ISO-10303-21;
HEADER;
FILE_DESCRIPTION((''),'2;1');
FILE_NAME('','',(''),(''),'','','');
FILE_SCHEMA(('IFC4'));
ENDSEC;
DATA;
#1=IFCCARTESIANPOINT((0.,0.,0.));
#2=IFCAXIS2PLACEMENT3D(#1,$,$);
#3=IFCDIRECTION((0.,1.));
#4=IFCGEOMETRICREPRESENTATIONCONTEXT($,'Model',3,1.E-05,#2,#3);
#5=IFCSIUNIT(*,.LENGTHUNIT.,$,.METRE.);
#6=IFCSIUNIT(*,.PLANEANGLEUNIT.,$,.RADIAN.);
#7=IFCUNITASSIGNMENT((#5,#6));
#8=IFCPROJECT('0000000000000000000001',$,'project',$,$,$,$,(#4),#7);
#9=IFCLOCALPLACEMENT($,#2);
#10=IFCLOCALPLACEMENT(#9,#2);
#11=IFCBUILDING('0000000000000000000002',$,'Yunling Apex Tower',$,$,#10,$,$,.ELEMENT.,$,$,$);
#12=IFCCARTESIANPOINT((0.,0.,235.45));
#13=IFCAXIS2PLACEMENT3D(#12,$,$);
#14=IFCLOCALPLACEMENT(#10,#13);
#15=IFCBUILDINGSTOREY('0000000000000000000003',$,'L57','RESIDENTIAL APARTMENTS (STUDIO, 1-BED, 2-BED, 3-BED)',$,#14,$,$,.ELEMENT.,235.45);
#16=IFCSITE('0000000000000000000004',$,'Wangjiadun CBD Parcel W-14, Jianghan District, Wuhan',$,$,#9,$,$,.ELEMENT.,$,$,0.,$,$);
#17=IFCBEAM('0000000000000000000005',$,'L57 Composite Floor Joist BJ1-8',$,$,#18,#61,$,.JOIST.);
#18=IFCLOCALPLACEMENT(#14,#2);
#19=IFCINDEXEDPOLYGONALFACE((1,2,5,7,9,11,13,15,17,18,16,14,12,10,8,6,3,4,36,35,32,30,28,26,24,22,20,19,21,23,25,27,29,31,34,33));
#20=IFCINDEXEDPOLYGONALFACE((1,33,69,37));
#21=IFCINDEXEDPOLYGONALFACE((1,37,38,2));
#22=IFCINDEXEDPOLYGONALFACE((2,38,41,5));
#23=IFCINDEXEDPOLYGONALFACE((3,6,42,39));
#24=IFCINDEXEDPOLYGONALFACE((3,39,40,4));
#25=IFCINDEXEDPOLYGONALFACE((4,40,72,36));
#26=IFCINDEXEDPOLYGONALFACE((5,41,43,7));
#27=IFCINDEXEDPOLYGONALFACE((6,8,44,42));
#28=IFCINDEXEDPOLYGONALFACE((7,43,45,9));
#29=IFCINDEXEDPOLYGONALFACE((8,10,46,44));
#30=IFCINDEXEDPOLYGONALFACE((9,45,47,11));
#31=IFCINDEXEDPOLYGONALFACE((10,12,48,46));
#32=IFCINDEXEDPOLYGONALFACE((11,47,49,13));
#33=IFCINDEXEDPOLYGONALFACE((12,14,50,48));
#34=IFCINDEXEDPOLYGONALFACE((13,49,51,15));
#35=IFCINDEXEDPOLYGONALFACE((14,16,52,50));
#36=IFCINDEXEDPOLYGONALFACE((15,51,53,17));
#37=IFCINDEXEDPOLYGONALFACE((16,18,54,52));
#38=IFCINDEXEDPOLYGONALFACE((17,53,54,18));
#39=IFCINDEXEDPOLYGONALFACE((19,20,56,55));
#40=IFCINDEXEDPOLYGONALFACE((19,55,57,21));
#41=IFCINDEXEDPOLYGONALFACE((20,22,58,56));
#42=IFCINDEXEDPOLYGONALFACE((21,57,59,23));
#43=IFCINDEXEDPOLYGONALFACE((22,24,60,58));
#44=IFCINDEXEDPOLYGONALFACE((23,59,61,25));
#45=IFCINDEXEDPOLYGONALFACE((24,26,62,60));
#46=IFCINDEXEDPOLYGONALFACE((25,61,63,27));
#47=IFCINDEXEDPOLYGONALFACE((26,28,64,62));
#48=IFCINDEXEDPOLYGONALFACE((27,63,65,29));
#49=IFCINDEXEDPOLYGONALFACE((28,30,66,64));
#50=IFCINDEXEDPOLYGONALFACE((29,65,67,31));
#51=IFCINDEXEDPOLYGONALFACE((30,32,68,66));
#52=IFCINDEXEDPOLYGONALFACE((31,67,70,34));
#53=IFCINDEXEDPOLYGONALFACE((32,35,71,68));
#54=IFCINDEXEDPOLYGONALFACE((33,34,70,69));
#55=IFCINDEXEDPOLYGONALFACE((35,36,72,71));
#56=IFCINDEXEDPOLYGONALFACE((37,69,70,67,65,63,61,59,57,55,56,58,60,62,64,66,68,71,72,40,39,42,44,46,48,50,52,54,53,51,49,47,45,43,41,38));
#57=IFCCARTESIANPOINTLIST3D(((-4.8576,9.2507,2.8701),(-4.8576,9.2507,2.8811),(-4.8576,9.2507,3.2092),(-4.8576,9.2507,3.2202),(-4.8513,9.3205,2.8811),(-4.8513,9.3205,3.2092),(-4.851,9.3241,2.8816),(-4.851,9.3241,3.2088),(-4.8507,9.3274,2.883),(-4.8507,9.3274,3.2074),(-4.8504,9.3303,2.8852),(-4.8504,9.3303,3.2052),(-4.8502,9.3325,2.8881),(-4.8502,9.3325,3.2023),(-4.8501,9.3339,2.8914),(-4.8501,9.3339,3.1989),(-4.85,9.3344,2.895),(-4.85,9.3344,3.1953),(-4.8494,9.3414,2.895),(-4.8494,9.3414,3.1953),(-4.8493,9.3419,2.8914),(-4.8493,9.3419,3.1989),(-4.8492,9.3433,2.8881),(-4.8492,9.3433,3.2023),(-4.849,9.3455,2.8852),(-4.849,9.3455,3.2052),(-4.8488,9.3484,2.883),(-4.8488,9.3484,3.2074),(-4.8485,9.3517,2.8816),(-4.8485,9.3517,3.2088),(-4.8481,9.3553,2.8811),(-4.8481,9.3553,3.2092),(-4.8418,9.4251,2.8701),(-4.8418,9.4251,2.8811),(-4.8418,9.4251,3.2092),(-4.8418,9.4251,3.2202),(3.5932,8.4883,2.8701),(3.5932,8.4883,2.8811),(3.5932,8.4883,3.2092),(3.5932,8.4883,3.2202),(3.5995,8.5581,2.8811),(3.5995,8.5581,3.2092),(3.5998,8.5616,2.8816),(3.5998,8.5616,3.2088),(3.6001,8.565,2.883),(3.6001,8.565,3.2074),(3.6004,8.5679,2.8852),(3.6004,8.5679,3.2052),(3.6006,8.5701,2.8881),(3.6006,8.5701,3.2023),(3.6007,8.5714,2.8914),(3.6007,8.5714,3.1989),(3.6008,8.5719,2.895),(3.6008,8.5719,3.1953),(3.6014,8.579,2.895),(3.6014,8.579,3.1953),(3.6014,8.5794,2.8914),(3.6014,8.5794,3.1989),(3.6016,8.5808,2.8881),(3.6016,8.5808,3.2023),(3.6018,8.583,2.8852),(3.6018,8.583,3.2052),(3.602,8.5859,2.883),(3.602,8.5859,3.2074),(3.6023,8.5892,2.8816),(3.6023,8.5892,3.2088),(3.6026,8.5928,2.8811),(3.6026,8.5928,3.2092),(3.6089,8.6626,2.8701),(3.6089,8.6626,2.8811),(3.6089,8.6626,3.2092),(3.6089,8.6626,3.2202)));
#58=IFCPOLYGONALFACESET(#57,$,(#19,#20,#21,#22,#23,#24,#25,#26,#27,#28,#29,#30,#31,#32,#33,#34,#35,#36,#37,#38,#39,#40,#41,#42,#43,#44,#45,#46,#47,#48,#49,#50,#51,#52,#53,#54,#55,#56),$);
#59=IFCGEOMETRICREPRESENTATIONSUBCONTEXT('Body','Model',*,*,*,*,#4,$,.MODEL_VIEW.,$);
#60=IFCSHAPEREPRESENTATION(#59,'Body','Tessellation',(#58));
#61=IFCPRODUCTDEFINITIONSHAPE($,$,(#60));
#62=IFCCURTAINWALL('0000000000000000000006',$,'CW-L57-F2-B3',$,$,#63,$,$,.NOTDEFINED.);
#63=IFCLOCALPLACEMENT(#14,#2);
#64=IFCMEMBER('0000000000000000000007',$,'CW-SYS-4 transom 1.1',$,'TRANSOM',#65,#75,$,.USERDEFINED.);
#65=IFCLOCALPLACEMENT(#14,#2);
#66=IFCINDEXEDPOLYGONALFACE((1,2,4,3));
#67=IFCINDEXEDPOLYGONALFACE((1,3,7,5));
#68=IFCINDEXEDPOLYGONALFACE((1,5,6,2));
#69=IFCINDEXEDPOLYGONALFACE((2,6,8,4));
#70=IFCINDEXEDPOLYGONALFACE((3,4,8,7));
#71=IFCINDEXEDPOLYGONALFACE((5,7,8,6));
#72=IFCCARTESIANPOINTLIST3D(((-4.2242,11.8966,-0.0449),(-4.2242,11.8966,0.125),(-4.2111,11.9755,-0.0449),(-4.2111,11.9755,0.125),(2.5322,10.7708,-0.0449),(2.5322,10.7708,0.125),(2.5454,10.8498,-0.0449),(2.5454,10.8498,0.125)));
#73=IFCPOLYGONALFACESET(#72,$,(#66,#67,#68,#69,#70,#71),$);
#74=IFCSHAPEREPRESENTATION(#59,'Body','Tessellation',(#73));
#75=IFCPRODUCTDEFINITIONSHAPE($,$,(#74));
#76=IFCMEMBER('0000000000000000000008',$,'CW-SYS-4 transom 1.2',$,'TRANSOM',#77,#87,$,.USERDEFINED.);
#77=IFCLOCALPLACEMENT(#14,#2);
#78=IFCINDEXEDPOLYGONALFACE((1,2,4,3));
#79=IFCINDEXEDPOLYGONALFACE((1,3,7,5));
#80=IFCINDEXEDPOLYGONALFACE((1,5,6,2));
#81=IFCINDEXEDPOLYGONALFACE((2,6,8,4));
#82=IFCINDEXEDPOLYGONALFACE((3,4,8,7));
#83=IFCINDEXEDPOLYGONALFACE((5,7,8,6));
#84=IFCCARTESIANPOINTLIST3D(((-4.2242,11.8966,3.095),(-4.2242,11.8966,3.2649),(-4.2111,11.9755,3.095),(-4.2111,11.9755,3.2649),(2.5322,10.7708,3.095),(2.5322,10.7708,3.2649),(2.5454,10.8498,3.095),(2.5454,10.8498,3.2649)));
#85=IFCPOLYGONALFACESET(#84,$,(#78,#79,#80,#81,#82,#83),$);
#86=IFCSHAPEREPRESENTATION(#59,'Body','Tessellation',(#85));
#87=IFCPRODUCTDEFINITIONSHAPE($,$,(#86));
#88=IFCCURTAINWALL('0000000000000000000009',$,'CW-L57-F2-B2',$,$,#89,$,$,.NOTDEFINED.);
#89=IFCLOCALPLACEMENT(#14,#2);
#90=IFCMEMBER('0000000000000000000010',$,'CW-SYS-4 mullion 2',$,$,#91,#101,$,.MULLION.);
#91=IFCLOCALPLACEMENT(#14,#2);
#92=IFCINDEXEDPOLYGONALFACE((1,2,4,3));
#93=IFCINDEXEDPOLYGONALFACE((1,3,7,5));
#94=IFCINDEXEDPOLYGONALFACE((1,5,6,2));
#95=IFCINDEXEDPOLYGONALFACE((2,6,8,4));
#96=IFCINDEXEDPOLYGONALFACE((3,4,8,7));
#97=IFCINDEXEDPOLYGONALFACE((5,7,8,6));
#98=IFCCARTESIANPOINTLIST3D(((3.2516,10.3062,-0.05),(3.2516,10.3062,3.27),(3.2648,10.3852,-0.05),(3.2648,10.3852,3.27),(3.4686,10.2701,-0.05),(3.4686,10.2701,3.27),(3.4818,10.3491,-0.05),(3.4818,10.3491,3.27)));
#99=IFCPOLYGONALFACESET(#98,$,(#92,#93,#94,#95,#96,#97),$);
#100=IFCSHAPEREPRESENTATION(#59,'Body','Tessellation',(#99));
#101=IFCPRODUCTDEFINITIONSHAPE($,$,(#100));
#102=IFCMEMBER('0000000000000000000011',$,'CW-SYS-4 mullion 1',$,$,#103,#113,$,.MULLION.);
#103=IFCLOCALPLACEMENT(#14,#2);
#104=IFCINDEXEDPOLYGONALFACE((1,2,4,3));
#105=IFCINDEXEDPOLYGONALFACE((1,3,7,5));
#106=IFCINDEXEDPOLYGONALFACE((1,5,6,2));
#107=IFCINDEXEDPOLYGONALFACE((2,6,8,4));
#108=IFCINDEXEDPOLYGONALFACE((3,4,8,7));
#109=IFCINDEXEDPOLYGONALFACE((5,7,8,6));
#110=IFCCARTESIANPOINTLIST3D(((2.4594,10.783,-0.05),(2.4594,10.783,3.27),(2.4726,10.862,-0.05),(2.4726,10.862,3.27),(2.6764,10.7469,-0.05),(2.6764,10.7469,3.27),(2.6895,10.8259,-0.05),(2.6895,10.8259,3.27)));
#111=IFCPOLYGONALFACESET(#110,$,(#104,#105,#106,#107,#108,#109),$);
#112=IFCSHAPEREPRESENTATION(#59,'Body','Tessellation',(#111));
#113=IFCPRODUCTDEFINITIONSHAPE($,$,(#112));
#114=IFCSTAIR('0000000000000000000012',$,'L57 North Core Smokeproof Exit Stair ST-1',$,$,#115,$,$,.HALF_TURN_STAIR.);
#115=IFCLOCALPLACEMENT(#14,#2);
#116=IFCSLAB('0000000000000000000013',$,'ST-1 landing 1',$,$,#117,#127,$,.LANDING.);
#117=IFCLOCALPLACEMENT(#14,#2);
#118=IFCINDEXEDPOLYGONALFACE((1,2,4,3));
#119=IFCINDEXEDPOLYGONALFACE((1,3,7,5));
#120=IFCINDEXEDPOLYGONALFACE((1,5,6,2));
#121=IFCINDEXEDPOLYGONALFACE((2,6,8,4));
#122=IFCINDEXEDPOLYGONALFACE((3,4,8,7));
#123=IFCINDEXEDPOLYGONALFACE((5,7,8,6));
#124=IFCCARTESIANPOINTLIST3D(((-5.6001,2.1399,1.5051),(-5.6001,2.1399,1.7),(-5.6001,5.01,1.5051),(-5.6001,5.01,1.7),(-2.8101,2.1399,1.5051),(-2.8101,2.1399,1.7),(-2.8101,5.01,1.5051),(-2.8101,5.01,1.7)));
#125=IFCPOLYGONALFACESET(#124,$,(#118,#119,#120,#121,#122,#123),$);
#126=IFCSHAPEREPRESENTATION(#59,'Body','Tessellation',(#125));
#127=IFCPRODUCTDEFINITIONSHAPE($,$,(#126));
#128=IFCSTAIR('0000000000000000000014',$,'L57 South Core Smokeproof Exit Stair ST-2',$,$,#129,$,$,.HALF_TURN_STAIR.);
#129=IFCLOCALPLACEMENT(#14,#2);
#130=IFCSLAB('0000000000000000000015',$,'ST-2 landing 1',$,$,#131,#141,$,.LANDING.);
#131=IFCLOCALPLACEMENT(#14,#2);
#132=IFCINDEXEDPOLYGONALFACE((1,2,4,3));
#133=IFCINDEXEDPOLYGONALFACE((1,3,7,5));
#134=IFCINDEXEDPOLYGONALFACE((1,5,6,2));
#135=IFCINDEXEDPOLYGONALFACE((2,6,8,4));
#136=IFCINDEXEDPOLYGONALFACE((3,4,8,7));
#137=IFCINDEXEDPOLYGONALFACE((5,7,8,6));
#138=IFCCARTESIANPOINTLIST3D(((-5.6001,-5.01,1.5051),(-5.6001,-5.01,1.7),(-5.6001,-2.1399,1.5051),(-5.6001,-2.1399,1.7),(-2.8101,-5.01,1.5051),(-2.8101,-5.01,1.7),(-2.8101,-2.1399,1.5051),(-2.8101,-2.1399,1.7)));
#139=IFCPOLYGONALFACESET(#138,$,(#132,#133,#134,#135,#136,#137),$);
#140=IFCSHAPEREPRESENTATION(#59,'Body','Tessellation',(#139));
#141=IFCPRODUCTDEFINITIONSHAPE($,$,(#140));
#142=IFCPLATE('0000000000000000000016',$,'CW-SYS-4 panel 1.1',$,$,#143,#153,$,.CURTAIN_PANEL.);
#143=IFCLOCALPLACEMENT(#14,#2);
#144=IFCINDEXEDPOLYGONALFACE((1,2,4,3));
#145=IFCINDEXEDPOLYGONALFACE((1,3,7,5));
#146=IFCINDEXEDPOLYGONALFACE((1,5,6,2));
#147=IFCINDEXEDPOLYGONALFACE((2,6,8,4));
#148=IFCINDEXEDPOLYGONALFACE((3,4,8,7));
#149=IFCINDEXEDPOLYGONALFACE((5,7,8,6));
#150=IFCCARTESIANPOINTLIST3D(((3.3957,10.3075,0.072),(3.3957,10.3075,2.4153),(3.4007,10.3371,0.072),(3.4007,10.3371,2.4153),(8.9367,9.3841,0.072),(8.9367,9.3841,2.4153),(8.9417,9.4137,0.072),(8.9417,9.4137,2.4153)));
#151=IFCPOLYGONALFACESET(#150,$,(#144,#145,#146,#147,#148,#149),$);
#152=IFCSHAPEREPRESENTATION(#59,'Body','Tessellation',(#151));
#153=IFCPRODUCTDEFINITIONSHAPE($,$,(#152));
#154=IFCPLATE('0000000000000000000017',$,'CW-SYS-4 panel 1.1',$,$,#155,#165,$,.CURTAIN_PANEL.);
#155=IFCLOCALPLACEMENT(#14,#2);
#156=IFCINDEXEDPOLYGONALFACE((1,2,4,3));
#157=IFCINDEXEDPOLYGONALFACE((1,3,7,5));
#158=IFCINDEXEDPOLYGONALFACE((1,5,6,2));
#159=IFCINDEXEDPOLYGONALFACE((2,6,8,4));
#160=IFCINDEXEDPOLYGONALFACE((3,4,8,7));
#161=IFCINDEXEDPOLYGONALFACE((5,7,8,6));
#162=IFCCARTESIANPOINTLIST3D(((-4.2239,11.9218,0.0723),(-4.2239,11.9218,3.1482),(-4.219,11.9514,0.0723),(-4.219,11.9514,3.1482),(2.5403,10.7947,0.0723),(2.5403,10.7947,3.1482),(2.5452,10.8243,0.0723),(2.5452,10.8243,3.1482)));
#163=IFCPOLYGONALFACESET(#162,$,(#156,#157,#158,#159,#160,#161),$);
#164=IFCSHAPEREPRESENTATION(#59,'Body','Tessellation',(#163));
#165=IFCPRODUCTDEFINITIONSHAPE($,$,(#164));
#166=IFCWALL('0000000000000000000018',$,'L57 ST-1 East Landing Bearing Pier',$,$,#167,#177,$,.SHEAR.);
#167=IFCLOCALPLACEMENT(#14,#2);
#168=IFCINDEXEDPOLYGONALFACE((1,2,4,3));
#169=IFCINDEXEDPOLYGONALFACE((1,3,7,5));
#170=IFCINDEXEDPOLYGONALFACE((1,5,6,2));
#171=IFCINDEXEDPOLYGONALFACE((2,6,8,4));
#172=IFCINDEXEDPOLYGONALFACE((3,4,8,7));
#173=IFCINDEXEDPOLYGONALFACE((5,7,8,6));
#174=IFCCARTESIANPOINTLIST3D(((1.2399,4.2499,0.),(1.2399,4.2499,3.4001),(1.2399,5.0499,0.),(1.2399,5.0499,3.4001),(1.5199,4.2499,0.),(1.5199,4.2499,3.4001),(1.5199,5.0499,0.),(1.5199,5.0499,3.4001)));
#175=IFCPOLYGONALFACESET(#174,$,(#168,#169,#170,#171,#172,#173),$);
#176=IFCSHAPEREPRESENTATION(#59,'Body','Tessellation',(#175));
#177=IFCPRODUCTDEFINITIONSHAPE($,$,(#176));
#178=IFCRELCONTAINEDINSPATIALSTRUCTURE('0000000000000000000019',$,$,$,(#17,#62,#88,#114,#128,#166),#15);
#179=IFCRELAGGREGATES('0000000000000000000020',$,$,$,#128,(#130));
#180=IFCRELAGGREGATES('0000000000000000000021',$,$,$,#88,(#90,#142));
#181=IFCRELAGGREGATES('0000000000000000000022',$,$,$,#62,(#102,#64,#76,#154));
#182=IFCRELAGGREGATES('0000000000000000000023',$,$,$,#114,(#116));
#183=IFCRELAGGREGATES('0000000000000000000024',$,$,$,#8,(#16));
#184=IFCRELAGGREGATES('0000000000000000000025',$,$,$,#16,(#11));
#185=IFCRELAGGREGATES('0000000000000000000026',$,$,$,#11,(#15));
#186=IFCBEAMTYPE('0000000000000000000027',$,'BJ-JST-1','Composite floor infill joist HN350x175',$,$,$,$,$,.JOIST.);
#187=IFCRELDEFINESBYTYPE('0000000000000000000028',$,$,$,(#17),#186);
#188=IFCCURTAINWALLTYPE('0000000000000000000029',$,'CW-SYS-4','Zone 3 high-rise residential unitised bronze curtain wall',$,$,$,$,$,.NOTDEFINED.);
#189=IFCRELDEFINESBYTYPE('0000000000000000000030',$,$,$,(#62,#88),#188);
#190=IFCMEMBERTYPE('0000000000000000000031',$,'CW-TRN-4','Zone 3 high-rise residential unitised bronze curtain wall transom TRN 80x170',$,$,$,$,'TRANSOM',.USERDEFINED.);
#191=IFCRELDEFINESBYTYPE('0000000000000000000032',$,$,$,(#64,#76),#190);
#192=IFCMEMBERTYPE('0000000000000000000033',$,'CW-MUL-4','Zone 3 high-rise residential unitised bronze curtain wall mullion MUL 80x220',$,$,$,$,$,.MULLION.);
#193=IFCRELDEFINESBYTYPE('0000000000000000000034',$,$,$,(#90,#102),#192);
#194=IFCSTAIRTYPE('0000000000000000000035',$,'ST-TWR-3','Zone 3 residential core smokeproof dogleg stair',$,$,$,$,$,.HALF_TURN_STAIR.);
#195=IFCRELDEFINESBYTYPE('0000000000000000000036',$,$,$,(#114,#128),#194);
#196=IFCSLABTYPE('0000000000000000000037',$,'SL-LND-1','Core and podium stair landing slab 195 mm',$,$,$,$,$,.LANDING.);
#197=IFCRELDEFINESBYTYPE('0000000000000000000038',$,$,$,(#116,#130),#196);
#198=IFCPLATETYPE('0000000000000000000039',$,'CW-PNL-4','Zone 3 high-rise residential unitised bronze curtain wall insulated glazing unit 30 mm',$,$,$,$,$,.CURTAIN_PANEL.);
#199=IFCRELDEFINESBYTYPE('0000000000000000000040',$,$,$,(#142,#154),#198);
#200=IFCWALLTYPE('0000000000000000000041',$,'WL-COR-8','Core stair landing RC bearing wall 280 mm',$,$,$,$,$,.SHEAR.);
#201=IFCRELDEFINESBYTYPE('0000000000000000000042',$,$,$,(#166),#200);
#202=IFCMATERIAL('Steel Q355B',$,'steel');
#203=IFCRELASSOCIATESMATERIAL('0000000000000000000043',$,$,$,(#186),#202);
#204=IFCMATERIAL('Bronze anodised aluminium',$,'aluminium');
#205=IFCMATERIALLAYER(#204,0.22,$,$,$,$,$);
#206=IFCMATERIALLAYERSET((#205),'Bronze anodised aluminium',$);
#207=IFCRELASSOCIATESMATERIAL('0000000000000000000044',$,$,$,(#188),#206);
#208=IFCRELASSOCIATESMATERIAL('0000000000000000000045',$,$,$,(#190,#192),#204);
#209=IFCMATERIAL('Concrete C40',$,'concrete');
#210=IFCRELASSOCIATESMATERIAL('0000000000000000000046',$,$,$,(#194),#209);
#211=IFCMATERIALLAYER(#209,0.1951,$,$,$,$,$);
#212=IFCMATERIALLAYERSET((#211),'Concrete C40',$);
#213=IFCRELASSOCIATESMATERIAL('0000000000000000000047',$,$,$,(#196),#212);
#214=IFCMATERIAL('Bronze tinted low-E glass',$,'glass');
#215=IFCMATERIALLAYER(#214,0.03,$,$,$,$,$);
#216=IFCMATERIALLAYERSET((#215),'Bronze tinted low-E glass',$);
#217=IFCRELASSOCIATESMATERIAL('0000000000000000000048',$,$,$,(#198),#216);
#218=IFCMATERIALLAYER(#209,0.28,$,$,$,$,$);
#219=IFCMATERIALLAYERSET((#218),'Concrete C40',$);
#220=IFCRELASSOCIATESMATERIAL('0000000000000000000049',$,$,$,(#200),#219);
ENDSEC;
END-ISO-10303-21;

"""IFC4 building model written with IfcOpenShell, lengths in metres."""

from ifc_helpers import new_model, si_unit, direction, frame, frame_2d, origin, origin_2d, place, context, subcontext, project, spatial, polyline, rectangle, i_section, outline, extrude, source, transform, mapped, material, layer, layer_set, material_profile, profile_set, type_object, element, aggregate, save


model = new_model("IFC4")

# Units and contexts
model_context = context("Model", 3, precision=1e-05, world=origin(), true_north=direction((0.0, 1.0)))
body_context = subcontext(model_context, "Body", "Model", "MODEL_VIEW")
ifc_project = project(units=[si_unit("LENGTHUNIT", "METRE"), si_unit("PLANEANGLEUNIT", "RADIAN")], contexts=[model_context])

# Site, building, storey
site_placement = place(None, origin())
site = spatial("IfcSite", under=ifc_project, at=site_placement, Name="Wangjiadun CBD Parcel W-14, Jianghan District, Wuhan", CompositionType="ELEMENT", RefElevation=0.0)
building_placement = place(site_placement, origin())
building = spatial("IfcBuilding", under=site, at=building_placement, Name="Yunling Apex Tower", CompositionType="ELEMENT")
storey_placement = place(building_placement, frame((0.0, 0.0, 235.45)))
storey = spatial("IfcBuildingStorey", under=building, at=storey_placement, Name="L57", Description="RESIDENTIAL APARTMENTS (STUDIO, 1-BED, 2-BED, 3-BED)", CompositionType="ELEMENT", Elevation=235.45)

# Beam
ifc_material_1 = material(Name="Steel Q355B", Category="steel")
ifc_material_profile_1 = material_profile(ifc_material_1, i_section(OverallWidth=0.175, OverallDepth=0.3501, WebThickness=0.0071, FlangeThickness=0.011, FilletRadius=0.0139, at=origin_2d()))
ifc_profile_set_1 = profile_set([ifc_material_profile_1], Name="Steel Q355B")
beam_type_1 = type_object("IfcBeamType", Name="BJ-JST-1", Description="Composite floor infill joist HN350x175", PredefinedType="JOIST", material=ifc_profile_set_1)
shared_shape_1 = source(origin(), body_context, "Body", "SweptSolid", [
    extrude(i_section(OverallWidth=0.175, OverallDepth=0.3501, WebThickness=0.0071, FlangeThickness=0.011, FilletRadius=0.0139, at=origin_2d()), origin(), (0.0, 0.0, 1.0), 8.4851),
])
beam_1_placement = place(storey_placement, frame((3.6011, 8.5754, 3.0452), z_axis=(-0.995955, 0.089859, 0.0), x_axis=(-0.089859, -0.995955, 0.0)))
element("IfcBeam", 1, at=beam_1_placement, inside=storey, type_object=beam_type_1, Name="L57 Composite Floor Joist BJ1-8", PredefinedType="JOIST", context=body_context, shape_type="MappedRepresentation", body=[
    mapped(shared_shape_1, transform((0.0, 0.0, 0.0), scale=1.0)),
])

# Curtain wall, members
ifc_material_2 = material(Name="Bronze anodised aluminium", Category="aluminium")
ifc_layer_1 = layer(ifc_material_2, 0.22)
ifc_layer_set_1 = layer_set([ifc_layer_1], Name="Bronze anodised aluminium")
curtain_wall_type = type_object("IfcCurtainWallType", Name="CW-SYS-4", Description="Zone 3 high-rise residential unitised bronze curtain wall", PredefinedType="NOTDEFINED", material=ifc_layer_set_1)
curtain_wall_1_placement = place(storey_placement, origin())
curtain_wall_1 = element("IfcCurtainWall", 2, at=curtain_wall_1_placement, inside=storey, type_object=curtain_wall_type, Name="CW-L57-F2-B3", PredefinedType="NOTDEFINED")
ifc_material_profile_2 = material_profile(ifc_material_2, rectangle(XDim=0.0801, YDim=0.1699, at=origin_2d()))
ifc_profile_set_2 = profile_set([ifc_material_profile_2], Name="Bronze anodised aluminium")
member_type_1 = type_object("IfcMemberType", Name="CW-TRN-4", Description="Zone 3 high-rise residential unitised bronze curtain wall transom TRN 80x170", ElementType="TRANSOM", PredefinedType="USERDEFINED", material=ifc_profile_set_2)
shared_shape_2 = source(origin(), body_context, "Body", "SweptSolid", [
    extrude(rectangle(XDim=0.0801, YDim=0.1699, at=origin_2d()), origin(), (0.0, 0.0, 1.0), 6.8496),
])
member_1_placement = place(storey_placement, frame((2.5388, 10.8103, 0.04), z_axis=(-0.986402, 0.164353, 0.0), x_axis=(-0.164353, -0.986402, 0.0)))
member_1 = element("IfcMember", 3, at=member_1_placement, type_object=member_type_1, Name="CW-SYS-4 transom 1.1", ObjectType="TRANSOM", PredefinedType="USERDEFINED", context=body_context, shape_type="MappedRepresentation", body=[
    mapped(shared_shape_2, transform((0.0, 0.0, 0.0), scale=1.0)),
])
member_2_placement = place(storey_placement, frame((2.5388, 10.8103, 3.1799), z_axis=(-0.986402, 0.164353, 0.0), x_axis=(-0.164353, -0.986402, 0.0)))
member_2 = element("IfcMember", 4, at=member_2_placement, type_object=member_type_1, Name="CW-SYS-4 transom 1.2", ObjectType="TRANSOM", PredefinedType="USERDEFINED", context=body_context, shape_type="MappedRepresentation", body=[
    mapped(shared_shape_2, transform((0.0, 0.0, 0.0), scale=1.0)),
])

# Curtain wall, member
curtain_wall_2_placement = place(storey_placement, origin())
curtain_wall_2 = element("IfcCurtainWall", 5, at=curtain_wall_2_placement, inside=storey, type_object=curtain_wall_type, Name="CW-L57-F2-B2", PredefinedType="NOTDEFINED")
ifc_material_profile_3 = material_profile(ifc_material_2, rectangle(XDim=0.0801, YDim=0.22, at=origin_2d()))
ifc_profile_set_3 = profile_set([ifc_material_profile_3], Name="Bronze anodised aluminium")
member_type_2 = type_object("IfcMemberType", Name="CW-MUL-4", Description="Zone 3 high-rise residential unitised bronze curtain wall mullion MUL 80x220", PredefinedType="MULLION", material=ifc_profile_set_3)
shared_shape_3 = source(origin(), body_context, "Body", "SweptSolid", [
    extrude(rectangle(XDim=0.0801, YDim=0.22, at=origin_2d()), origin(), (0.0, 0.0, 1.0), 3.3201),
])
member_3_placement = place(storey_placement, frame((3.3667, 10.3276, -0.05), z_axis=(0.0, 0.0, 1.0), x_axis=(-0.164371, -0.986399, 0.0)))
member_3 = element("IfcMember", 6, at=member_3_placement, type_object=member_type_2, Name="CW-SYS-4 mullion 2", PredefinedType="MULLION", context=body_context, shape_type="MappedRepresentation", body=[
    mapped(shared_shape_3, transform((0.0, 0.0, 0.0), scale=1.0)),
])

# Member
member_4_placement = place(storey_placement, frame((2.5745, 10.8044, -0.05), z_axis=(0.0, 0.0, 1.0), x_axis=(-0.164353, -0.986402, 0.0)))
member_4 = element("IfcMember", 7, at=member_4_placement, type_object=member_type_2, Name="CW-SYS-4 mullion 1", PredefinedType="MULLION", context=body_context, shape_type="MappedRepresentation", body=[
    mapped(shared_shape_3, transform((0.0, 0.0, 0.0), scale=1.0)),
])

# Stairs, slabs
ifc_material_3 = material(Name="Concrete C40", Category="concrete")
stair_type = type_object("IfcStairType", Name="ST-TWR-3", Description="Zone 3 residential core smokeproof dogleg stair", PredefinedType="HALF_TURN_STAIR", material=ifc_material_3)
stair_1_placement = place(storey_placement, origin())
stair_1 = element("IfcStair", 8, at=stair_1_placement, inside=storey, type_object=stair_type, Name="L57 North Core Smokeproof Exit Stair ST-1", PredefinedType="HALF_TURN_STAIR")
ifc_layer_2 = layer(ifc_material_3, 0.1951)
ifc_layer_set_2 = layer_set([ifc_layer_2], Name="Concrete C40")
slab_type = type_object("IfcSlabType", Name="SL-LND-1", Description="Core and podium stair landing slab 195 mm", PredefinedType="LANDING", material=ifc_layer_set_2)
slab_1_placement = place(storey_placement, frame((0.0, 0.0, 1.5051)))
slab_1 = element("IfcSlab", 9, at=slab_1_placement, type_object=slab_type, Name="ST-1 landing 1", PredefinedType="LANDING", context=body_context, shape_type="SweptSolid", body=[
    extrude(outline(polyline([(-2.8101, 5.01), (-5.6001, 5.01), (-5.6001, 2.1399), (-2.8101, 2.1399), (-2.8101, 5.01)])), origin(), (0.0, 0.0, 1.0), 0.1948),
])
stair_2_placement = place(storey_placement, origin())
stair_2 = element("IfcStair", 10, at=stair_2_placement, inside=storey, type_object=stair_type, Name="L57 South Core Smokeproof Exit Stair ST-2", PredefinedType="HALF_TURN_STAIR")
slab_2_placement = place(storey_placement, frame((0.0, 0.0, 1.5051)))
slab_2 = element("IfcSlab", 11, at=slab_2_placement, type_object=slab_type, Name="ST-2 landing 1", PredefinedType="LANDING", context=body_context, shape_type="SweptSolid", body=[
    extrude(outline(polyline([(-2.8101, -2.1399), (-5.6001, -2.1399), (-5.6001, -5.01), (-2.8101, -5.01), (-2.8101, -2.1399)])), origin(), (0.0, 0.0, 1.0), 0.1948),
])
aggregate(stair_2, [slab_2])

# Plates
ifc_material_4 = material(Name="Bronze tinted low-E glass", Category="glass")
ifc_layer_3 = layer(ifc_material_4, 0.03)
ifc_layer_set_3 = layer_set([ifc_layer_3], Name="Bronze tinted low-E glass")
plate_type = type_object("IfcPlateType", Name="CW-PNL-4", Description="Zone 3 high-rise residential unitised bronze curtain wall insulated glazing unit 30 mm", PredefinedType="CURTAIN_PANEL", material=ifc_layer_set_3)
shared_shape_4 = source(origin(), body_context, "Body", "SweptSolid", [
    extrude(rectangle(XDim=5.6174, YDim=0.03, at=origin_2d()), origin(), (0.0, 0.0, 1.0), 2.3433),
])
plate_1_placement = place(storey_placement, frame((6.1687, 9.8606, 0.072), z_axis=(0.0, 0.0, 1.0), x_axis=(-0.986399, 0.164371, 0.0)))
plate_1 = element("IfcPlate", 12, at=plate_1_placement, type_object=plate_type, Name="CW-SYS-4 panel 1.1", PredefinedType="CURTAIN_PANEL", context=body_context, shape_type="MappedRepresentation", body=[
    mapped(shared_shape_4, transform((0.0, 0.0, 0.0), scale=1.0)),
])
aggregate(curtain_wall_2, [member_3, plate_1])
shared_shape_5 = source(origin(), body_context, "Body", "SweptSolid", [
    extrude(rectangle(XDim=6.8574, YDim=0.03, at=origin_2d()), origin(), (0.0, 0.0, 1.0), 3.0759),
])
plate_2_placement = place(storey_placement, frame((-0.8394, 11.373, 0.0723), z_axis=(0.0, 0.0, 1.0), x_axis=(-0.986402, 0.164353, 0.0)))
plate_2 = element("IfcPlate", 13, at=plate_2_placement, type_object=plate_type, Name="CW-SYS-4 panel 1.1", PredefinedType="CURTAIN_PANEL", context=body_context, shape_type="MappedRepresentation", body=[
    mapped(shared_shape_5, transform((0.0, 0.0, 0.0), scale=1.0)),
])
aggregate(curtain_wall_1, [member_4, member_1, member_2, plate_2])

# Wall
ifc_layer_4 = layer(ifc_material_3, 0.28)
ifc_layer_set_4 = layer_set([ifc_layer_4], Name="Concrete C40")
wall_type_1 = type_object("IfcWallType", Name="WL-COR-8", Description="Core stair landing RC bearing wall 280 mm", PredefinedType="SHEAR", material=ifc_layer_set_4)
wall_1_placement = place(storey_placement, frame((1.3799, 4.25, 0.0), z_axis=(0.0, 0.0, 1.0), x_axis=(0.0, 1.0, 0.0)))
element("IfcWall", 14, at=wall_1_placement, inside=storey, type_object=wall_type_1, Name="L57 ST-1 East Landing Bearing Pier", PredefinedType="SHEAR", context=body_context, shape_type="SweptSolid", body=[
    extrude(rectangle(XDim=0.8, YDim=0.28, at=frame_2d((0.3999, 0.0))), origin(), (0.0, 0.0, 1.0), 3.4001),
])

aggregate(stair_1, [slab_1])

save(model, "model.ifc")
